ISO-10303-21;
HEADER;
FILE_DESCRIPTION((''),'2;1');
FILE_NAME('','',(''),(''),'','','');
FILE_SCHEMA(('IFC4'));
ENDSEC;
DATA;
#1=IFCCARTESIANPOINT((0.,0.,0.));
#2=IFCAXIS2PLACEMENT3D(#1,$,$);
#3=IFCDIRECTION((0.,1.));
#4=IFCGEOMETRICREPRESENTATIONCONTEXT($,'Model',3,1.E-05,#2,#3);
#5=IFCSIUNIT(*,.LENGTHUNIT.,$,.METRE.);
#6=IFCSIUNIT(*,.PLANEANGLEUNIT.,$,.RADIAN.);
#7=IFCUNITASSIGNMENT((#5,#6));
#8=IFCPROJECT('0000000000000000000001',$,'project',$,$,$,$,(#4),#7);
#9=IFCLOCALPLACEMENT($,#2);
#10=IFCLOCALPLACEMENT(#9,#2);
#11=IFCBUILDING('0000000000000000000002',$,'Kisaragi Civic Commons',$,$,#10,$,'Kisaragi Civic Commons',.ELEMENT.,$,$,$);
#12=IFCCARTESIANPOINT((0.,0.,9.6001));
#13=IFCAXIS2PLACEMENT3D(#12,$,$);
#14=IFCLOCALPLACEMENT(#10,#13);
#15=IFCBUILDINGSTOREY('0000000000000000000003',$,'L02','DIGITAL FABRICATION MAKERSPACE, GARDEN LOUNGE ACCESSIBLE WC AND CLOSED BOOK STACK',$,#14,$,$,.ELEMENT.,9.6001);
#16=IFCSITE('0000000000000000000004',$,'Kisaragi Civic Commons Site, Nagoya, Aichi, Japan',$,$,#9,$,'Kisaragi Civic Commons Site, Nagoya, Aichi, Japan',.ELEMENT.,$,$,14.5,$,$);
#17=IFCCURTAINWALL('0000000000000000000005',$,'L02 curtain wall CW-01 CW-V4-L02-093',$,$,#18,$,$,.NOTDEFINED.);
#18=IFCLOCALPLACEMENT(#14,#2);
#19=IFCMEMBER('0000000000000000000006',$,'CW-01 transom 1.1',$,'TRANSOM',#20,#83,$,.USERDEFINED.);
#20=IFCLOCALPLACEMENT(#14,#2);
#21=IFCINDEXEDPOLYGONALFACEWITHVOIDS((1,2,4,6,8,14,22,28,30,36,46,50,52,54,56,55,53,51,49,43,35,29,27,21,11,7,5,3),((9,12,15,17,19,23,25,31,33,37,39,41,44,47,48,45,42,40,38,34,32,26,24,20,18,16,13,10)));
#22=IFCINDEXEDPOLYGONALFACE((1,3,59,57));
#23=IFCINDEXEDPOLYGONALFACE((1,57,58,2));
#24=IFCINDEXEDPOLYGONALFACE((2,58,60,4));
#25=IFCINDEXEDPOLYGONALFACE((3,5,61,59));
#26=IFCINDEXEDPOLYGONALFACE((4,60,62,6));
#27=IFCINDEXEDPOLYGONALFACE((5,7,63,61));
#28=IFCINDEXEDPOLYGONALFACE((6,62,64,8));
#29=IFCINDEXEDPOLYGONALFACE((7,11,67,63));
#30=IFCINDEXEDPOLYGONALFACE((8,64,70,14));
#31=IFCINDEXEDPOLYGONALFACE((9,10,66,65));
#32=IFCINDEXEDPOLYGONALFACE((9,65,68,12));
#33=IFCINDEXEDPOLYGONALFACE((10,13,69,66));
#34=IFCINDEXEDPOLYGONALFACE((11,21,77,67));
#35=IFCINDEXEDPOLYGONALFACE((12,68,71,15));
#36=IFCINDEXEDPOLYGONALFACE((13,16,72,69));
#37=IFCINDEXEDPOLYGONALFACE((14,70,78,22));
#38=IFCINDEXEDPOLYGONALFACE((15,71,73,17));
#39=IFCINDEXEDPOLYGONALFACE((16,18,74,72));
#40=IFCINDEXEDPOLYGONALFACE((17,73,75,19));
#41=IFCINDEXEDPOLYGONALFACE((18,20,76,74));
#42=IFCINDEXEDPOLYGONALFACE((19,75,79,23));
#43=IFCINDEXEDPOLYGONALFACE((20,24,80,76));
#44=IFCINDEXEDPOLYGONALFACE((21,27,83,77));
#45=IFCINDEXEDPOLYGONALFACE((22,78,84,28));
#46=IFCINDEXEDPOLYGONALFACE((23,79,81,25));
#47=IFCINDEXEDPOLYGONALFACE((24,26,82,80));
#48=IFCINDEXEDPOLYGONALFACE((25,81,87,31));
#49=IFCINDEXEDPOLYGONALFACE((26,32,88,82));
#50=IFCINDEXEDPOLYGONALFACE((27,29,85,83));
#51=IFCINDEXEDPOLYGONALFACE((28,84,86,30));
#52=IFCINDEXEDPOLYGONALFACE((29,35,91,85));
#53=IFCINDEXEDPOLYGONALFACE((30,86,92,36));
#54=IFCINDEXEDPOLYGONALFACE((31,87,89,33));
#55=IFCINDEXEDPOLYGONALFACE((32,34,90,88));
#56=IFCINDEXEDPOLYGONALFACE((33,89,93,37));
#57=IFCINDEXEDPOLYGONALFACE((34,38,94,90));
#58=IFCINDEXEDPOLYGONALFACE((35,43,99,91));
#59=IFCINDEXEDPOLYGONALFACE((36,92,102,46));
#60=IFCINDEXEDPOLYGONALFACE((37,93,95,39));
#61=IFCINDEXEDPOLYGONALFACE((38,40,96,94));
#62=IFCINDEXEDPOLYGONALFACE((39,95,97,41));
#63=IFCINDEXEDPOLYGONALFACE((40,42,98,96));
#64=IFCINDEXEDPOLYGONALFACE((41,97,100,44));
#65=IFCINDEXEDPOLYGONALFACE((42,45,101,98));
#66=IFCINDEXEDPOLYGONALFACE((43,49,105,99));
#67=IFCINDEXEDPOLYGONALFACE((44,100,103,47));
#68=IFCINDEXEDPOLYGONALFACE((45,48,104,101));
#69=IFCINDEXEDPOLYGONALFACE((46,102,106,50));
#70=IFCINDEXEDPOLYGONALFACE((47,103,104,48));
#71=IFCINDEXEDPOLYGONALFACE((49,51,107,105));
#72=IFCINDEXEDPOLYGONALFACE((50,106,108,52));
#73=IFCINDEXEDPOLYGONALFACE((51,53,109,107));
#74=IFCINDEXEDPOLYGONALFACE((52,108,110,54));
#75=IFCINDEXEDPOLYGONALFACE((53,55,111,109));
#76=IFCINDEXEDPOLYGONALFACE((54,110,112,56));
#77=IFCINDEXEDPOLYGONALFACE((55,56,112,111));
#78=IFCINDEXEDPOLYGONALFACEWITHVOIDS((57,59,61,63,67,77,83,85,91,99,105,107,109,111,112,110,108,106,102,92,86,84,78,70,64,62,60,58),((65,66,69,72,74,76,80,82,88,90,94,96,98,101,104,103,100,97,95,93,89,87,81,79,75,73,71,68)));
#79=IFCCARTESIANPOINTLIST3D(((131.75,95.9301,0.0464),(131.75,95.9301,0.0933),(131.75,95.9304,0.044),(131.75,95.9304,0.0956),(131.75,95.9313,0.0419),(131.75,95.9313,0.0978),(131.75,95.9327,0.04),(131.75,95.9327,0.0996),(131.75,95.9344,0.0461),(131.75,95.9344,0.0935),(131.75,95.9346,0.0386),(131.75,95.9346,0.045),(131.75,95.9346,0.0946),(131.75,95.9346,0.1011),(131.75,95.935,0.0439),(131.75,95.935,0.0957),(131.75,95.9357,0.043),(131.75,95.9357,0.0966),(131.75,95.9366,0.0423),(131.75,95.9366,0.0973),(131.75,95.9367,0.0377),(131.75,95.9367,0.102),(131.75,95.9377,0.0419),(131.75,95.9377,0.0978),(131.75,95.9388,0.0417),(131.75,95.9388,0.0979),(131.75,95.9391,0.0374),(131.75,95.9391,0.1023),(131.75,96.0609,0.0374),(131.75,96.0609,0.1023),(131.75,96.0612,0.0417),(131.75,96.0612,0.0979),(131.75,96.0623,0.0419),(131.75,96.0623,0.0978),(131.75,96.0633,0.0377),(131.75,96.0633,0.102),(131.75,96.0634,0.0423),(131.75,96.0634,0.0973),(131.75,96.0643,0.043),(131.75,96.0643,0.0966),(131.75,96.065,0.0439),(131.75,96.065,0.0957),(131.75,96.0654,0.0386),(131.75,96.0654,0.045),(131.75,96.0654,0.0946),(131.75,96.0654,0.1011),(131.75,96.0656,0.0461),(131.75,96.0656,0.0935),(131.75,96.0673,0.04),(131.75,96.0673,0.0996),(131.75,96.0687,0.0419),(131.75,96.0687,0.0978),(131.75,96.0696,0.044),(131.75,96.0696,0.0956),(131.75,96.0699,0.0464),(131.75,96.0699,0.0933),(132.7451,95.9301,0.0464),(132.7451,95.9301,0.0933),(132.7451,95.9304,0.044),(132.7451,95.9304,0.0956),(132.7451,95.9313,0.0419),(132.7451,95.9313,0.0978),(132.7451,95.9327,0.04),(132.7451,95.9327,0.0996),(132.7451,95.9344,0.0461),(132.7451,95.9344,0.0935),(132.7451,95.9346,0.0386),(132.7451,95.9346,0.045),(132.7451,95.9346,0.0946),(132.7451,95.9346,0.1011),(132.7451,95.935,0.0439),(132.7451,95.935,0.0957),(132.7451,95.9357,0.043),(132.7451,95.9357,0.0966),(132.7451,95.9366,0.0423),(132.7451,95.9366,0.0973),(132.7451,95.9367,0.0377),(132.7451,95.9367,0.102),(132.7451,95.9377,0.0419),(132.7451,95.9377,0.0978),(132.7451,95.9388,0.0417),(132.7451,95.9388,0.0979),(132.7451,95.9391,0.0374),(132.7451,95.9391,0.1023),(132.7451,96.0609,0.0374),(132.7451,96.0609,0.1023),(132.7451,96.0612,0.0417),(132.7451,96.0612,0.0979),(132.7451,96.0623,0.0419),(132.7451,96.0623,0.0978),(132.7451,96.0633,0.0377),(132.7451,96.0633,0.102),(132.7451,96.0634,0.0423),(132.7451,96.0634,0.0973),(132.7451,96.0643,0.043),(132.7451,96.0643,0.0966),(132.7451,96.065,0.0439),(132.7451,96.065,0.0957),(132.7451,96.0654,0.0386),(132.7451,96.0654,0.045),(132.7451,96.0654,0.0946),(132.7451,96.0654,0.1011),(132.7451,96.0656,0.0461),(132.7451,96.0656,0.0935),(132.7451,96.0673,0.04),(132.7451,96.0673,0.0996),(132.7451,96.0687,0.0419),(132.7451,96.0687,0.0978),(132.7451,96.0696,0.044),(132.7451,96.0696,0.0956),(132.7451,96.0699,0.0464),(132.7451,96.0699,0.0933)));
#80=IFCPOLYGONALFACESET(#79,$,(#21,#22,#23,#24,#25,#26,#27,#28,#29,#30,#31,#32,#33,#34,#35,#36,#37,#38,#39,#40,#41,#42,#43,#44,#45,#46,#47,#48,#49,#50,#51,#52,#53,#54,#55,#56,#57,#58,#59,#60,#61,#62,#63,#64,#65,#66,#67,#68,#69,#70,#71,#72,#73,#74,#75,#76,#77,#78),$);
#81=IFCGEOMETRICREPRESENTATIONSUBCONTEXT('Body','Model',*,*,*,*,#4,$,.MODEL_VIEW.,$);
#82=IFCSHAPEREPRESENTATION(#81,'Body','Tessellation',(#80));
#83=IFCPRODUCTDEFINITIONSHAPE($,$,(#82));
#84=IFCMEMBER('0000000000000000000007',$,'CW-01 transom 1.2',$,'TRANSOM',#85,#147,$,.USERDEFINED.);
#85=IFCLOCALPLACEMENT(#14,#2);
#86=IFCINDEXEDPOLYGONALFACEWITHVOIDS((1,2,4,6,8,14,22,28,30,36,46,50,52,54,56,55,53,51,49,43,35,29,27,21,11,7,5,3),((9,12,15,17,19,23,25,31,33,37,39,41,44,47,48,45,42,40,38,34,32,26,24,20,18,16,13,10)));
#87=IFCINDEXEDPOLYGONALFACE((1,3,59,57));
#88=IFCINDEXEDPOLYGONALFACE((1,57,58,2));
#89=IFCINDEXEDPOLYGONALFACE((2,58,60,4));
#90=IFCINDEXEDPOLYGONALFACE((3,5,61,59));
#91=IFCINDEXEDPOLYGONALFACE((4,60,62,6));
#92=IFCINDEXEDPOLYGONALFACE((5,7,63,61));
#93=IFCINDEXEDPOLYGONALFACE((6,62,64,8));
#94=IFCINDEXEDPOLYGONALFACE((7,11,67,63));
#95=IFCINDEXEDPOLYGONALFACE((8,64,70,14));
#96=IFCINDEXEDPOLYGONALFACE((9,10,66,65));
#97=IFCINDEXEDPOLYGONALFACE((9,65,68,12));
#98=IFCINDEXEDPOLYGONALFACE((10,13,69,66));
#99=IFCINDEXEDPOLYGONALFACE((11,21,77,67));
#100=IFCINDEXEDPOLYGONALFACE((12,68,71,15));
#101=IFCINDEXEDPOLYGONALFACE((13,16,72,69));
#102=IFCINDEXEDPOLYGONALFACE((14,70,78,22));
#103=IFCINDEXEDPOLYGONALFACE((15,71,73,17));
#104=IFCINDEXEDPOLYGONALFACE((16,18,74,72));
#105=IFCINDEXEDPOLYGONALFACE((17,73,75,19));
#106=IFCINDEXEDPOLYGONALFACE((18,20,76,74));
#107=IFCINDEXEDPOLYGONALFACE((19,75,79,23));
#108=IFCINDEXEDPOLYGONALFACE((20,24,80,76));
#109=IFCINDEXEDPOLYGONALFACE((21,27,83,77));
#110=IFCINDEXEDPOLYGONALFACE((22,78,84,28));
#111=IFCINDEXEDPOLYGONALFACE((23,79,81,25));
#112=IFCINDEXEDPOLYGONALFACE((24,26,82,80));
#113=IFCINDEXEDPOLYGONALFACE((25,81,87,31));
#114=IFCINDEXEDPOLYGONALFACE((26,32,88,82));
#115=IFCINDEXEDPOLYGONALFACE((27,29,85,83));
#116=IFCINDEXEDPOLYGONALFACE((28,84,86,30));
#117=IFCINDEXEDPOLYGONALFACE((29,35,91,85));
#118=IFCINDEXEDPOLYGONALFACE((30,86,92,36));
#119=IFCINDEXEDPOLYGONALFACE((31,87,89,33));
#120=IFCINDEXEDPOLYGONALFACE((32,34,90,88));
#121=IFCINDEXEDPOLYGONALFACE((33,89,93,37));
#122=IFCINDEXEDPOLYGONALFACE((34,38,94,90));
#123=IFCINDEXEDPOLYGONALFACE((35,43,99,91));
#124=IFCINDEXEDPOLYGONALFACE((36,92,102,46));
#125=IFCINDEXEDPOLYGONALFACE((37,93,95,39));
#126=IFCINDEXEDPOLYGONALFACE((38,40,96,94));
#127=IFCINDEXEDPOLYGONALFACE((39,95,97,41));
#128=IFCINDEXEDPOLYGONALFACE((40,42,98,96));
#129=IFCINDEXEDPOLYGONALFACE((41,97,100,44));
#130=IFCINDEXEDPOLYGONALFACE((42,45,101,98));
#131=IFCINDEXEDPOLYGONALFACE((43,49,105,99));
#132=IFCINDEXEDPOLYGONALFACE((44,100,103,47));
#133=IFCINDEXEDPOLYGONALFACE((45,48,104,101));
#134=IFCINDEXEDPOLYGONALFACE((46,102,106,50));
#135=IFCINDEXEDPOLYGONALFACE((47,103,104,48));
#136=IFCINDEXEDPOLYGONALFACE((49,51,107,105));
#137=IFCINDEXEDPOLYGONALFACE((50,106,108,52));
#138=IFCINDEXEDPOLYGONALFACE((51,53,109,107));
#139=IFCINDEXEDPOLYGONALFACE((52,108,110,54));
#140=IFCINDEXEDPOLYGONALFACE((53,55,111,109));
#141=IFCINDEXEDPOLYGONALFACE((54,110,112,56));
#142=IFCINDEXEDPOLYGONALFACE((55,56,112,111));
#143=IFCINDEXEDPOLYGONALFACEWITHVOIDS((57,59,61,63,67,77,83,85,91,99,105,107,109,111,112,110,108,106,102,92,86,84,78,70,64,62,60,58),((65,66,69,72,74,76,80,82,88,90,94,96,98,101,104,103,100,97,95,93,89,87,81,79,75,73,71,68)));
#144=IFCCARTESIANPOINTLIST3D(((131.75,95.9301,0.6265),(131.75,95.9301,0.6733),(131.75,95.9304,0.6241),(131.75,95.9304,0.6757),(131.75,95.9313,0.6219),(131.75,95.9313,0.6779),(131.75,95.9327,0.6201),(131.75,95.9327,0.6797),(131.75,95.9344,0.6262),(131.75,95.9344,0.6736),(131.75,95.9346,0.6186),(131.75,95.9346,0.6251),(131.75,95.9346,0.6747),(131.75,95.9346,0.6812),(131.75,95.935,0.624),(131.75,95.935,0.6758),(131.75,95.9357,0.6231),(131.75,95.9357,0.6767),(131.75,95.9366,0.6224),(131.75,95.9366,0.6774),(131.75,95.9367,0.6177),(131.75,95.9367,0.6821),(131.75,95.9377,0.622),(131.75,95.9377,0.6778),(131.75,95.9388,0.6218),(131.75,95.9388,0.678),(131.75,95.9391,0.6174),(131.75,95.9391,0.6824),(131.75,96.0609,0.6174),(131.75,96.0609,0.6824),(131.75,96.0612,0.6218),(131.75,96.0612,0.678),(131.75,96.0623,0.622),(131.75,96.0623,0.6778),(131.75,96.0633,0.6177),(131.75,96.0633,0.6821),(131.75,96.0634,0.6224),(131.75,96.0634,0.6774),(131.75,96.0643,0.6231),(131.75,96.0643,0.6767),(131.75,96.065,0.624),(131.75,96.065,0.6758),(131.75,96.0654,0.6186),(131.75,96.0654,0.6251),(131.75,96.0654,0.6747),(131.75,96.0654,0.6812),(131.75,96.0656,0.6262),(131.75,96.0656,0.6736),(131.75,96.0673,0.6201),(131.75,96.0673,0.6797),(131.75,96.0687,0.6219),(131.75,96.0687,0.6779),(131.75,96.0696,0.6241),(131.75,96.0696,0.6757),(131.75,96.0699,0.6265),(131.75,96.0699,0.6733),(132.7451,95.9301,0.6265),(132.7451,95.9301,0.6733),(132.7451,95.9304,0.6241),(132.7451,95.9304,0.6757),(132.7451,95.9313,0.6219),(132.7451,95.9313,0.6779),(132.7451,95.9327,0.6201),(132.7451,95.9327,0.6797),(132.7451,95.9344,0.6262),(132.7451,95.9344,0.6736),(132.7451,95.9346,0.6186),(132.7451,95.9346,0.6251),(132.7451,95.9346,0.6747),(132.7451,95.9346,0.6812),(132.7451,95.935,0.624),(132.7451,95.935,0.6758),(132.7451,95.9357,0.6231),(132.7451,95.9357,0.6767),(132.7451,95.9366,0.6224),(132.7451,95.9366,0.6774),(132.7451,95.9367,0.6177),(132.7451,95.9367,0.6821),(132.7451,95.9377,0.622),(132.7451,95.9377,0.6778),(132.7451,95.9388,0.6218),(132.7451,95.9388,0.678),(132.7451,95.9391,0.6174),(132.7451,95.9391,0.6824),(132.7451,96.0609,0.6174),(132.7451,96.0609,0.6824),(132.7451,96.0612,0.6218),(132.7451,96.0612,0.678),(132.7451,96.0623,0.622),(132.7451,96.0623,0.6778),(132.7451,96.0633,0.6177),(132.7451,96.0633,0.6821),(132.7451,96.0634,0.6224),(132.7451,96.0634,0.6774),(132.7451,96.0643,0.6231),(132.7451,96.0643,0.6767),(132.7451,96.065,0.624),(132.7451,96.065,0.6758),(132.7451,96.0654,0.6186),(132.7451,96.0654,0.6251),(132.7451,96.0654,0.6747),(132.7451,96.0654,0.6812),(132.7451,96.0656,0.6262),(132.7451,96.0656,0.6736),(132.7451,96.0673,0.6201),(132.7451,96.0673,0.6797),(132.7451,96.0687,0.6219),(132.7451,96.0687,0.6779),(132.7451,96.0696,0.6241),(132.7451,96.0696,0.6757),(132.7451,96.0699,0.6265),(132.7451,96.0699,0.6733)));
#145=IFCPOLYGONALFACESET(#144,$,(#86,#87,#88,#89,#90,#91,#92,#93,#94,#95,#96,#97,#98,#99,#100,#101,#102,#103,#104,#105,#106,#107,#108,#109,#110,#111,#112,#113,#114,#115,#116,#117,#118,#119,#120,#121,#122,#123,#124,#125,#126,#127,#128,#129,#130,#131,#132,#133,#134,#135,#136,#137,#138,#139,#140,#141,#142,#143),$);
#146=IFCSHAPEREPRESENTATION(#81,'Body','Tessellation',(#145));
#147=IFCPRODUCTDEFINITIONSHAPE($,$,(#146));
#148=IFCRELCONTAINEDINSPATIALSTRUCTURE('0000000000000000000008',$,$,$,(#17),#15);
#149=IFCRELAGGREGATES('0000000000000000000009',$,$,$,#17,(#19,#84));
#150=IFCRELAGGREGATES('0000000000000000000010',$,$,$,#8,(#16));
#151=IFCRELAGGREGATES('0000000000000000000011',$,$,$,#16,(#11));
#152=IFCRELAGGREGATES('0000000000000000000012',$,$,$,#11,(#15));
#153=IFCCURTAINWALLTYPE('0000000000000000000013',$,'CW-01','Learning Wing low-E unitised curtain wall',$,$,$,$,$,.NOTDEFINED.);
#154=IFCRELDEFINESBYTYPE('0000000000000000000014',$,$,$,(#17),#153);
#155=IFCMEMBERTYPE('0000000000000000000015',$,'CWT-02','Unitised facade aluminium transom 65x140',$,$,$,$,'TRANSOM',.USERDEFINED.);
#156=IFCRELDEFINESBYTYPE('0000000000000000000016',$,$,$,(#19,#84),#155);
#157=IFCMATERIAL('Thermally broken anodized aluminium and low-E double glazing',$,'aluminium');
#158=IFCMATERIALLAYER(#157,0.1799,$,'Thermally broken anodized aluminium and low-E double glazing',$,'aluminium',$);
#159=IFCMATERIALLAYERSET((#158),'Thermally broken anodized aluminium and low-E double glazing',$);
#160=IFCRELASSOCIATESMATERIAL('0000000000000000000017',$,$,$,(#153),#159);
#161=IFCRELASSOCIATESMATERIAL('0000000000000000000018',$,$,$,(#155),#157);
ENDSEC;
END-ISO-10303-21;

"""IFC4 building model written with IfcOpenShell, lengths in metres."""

from ifc_helpers import new_model, si_unit, direction, frame, origin, origin_2d, place, context, subcontext, project, spatial, hollow_rectangle, extrude, material, layer, layer_set, material_profile, profile_set, type_object, element, aggregate, save


model = new_model("IFC4")

# Units and contexts
model_context = context("Model", 3, precision=1e-05, world=origin(), true_north=direction((0.0, 1.0)))
body_context = subcontext(model_context, "Body", "Model", "MODEL_VIEW")
ifc_project = project(units=[si_unit("LENGTHUNIT", "METRE"), si_unit("PLANEANGLEUNIT", "RADIAN")], contexts=[model_context])

# Site, building, storey
site_placement = place(None, origin())
site = spatial("IfcSite", under=ifc_project, at=site_placement, Name="Kisaragi Civic Commons Site, Nagoya, Aichi, Japan", LongName="Kisaragi Civic Commons Site, Nagoya, Aichi, Japan", CompositionType="ELEMENT", RefElevation=14.5)
building_placement = place(site_placement, origin())
building = spatial("IfcBuilding", under=site, at=building_placement, Name="Kisaragi Civic Commons", LongName="Kisaragi Civic Commons", CompositionType="ELEMENT")
storey_placement = place(building_placement, frame((0.0, 0.0, 9.6001)))
storey = spatial("IfcBuildingStorey", under=building, at=storey_placement, Name="L02", Description="DIGITAL FABRICATION MAKERSPACE, GARDEN LOUNGE ACCESSIBLE WC AND CLOSED BOOK STACK", CompositionType="ELEMENT", Elevation=9.6001)

# Curtain wall, members
ifc_material_1 = material(Name="Thermally broken anodized aluminium and low-E double glazing", Category="aluminium")
ifc_layer_1 = layer(ifc_material_1, 0.1799, Name="Thermally broken anodized aluminium and low-E double glazing", Category="aluminium")
ifc_layer_set_1 = layer_set([ifc_layer_1], Name="Thermally broken anodized aluminium and low-E double glazing")
curtain_wall_type = type_object("IfcCurtainWallType", Name="CW-01", Description="Learning Wing low-E unitised curtain wall", PredefinedType="NOTDEFINED", material=ifc_layer_set_1)
curtain_wall_placement = place(storey_placement, origin())
curtain_wall = element("IfcCurtainWall", 1, at=curtain_wall_placement, inside=storey, type_object=curtain_wall_type, Name="L02 curtain wall CW-01 CW-V4-L02-093", PredefinedType="NOTDEFINED")
ifc_material_profile_1 = material_profile(ifc_material_1, hollow_rectangle(XDim=0.1399, YDim=0.0649, WallThickness=0.0044, InnerFilletRadius=0.0044, OuterFilletRadius=0.009, at=origin_2d()), Name="CWT-65x140x4.5", Category="aluminium")
ifc_profile_set_1 = profile_set([ifc_material_profile_1], Name="Thermally broken anodized aluminium and low-E double glazing")
member_type_1 = type_object("IfcMemberType", Name="CWT-02", Description="Unitised facade aluminium transom 65x140", ElementType="TRANSOM", PredefinedType="USERDEFINED", material=ifc_profile_set_1)
member_1_placement = place(storey_placement, frame((132.7451, 96.0, 0.0698), z_axis=(-1.0, 0.0, 0.0), x_axis=(0.0, -1.0, 0.0)))
member_1 = element("IfcMember", 2, at=member_1_placement, type_object=member_type_1, Name="CW-01 transom 1.1", ObjectType="TRANSOM", PredefinedType="USERDEFINED", context=body_context, shape_type="SweptSolid", body=[
    extrude(hollow_rectangle(XDim=0.1399, YDim=0.0649, WallThickness=0.0044, InnerFilletRadius=0.0044, OuterFilletRadius=0.009, at=origin_2d()), origin(), (0.0, 0.0, 1.0), 0.9951),
])
member_2_placement = place(storey_placement, frame((132.7451, 96.0, 0.6499), z_axis=(-1.0, 0.0, 0.0), x_axis=(0.0, -1.0, 0.0)))
member_2 = element("IfcMember", 3, at=member_2_placement, type_object=member_type_1, Name="CW-01 transom 1.2", ObjectType="TRANSOM", PredefinedType="USERDEFINED", context=body_context, shape_type="SweptSolid", body=[
    extrude(hollow_rectangle(XDim=0.1399, YDim=0.0649, WallThickness=0.0044, InnerFilletRadius=0.0044, OuterFilletRadius=0.009, at=origin_2d()), origin(), (0.0, 0.0, 1.0), 0.9951),
])

aggregate(curtain_wall, [member_1, member_2])

save(model, "model.ifc")
